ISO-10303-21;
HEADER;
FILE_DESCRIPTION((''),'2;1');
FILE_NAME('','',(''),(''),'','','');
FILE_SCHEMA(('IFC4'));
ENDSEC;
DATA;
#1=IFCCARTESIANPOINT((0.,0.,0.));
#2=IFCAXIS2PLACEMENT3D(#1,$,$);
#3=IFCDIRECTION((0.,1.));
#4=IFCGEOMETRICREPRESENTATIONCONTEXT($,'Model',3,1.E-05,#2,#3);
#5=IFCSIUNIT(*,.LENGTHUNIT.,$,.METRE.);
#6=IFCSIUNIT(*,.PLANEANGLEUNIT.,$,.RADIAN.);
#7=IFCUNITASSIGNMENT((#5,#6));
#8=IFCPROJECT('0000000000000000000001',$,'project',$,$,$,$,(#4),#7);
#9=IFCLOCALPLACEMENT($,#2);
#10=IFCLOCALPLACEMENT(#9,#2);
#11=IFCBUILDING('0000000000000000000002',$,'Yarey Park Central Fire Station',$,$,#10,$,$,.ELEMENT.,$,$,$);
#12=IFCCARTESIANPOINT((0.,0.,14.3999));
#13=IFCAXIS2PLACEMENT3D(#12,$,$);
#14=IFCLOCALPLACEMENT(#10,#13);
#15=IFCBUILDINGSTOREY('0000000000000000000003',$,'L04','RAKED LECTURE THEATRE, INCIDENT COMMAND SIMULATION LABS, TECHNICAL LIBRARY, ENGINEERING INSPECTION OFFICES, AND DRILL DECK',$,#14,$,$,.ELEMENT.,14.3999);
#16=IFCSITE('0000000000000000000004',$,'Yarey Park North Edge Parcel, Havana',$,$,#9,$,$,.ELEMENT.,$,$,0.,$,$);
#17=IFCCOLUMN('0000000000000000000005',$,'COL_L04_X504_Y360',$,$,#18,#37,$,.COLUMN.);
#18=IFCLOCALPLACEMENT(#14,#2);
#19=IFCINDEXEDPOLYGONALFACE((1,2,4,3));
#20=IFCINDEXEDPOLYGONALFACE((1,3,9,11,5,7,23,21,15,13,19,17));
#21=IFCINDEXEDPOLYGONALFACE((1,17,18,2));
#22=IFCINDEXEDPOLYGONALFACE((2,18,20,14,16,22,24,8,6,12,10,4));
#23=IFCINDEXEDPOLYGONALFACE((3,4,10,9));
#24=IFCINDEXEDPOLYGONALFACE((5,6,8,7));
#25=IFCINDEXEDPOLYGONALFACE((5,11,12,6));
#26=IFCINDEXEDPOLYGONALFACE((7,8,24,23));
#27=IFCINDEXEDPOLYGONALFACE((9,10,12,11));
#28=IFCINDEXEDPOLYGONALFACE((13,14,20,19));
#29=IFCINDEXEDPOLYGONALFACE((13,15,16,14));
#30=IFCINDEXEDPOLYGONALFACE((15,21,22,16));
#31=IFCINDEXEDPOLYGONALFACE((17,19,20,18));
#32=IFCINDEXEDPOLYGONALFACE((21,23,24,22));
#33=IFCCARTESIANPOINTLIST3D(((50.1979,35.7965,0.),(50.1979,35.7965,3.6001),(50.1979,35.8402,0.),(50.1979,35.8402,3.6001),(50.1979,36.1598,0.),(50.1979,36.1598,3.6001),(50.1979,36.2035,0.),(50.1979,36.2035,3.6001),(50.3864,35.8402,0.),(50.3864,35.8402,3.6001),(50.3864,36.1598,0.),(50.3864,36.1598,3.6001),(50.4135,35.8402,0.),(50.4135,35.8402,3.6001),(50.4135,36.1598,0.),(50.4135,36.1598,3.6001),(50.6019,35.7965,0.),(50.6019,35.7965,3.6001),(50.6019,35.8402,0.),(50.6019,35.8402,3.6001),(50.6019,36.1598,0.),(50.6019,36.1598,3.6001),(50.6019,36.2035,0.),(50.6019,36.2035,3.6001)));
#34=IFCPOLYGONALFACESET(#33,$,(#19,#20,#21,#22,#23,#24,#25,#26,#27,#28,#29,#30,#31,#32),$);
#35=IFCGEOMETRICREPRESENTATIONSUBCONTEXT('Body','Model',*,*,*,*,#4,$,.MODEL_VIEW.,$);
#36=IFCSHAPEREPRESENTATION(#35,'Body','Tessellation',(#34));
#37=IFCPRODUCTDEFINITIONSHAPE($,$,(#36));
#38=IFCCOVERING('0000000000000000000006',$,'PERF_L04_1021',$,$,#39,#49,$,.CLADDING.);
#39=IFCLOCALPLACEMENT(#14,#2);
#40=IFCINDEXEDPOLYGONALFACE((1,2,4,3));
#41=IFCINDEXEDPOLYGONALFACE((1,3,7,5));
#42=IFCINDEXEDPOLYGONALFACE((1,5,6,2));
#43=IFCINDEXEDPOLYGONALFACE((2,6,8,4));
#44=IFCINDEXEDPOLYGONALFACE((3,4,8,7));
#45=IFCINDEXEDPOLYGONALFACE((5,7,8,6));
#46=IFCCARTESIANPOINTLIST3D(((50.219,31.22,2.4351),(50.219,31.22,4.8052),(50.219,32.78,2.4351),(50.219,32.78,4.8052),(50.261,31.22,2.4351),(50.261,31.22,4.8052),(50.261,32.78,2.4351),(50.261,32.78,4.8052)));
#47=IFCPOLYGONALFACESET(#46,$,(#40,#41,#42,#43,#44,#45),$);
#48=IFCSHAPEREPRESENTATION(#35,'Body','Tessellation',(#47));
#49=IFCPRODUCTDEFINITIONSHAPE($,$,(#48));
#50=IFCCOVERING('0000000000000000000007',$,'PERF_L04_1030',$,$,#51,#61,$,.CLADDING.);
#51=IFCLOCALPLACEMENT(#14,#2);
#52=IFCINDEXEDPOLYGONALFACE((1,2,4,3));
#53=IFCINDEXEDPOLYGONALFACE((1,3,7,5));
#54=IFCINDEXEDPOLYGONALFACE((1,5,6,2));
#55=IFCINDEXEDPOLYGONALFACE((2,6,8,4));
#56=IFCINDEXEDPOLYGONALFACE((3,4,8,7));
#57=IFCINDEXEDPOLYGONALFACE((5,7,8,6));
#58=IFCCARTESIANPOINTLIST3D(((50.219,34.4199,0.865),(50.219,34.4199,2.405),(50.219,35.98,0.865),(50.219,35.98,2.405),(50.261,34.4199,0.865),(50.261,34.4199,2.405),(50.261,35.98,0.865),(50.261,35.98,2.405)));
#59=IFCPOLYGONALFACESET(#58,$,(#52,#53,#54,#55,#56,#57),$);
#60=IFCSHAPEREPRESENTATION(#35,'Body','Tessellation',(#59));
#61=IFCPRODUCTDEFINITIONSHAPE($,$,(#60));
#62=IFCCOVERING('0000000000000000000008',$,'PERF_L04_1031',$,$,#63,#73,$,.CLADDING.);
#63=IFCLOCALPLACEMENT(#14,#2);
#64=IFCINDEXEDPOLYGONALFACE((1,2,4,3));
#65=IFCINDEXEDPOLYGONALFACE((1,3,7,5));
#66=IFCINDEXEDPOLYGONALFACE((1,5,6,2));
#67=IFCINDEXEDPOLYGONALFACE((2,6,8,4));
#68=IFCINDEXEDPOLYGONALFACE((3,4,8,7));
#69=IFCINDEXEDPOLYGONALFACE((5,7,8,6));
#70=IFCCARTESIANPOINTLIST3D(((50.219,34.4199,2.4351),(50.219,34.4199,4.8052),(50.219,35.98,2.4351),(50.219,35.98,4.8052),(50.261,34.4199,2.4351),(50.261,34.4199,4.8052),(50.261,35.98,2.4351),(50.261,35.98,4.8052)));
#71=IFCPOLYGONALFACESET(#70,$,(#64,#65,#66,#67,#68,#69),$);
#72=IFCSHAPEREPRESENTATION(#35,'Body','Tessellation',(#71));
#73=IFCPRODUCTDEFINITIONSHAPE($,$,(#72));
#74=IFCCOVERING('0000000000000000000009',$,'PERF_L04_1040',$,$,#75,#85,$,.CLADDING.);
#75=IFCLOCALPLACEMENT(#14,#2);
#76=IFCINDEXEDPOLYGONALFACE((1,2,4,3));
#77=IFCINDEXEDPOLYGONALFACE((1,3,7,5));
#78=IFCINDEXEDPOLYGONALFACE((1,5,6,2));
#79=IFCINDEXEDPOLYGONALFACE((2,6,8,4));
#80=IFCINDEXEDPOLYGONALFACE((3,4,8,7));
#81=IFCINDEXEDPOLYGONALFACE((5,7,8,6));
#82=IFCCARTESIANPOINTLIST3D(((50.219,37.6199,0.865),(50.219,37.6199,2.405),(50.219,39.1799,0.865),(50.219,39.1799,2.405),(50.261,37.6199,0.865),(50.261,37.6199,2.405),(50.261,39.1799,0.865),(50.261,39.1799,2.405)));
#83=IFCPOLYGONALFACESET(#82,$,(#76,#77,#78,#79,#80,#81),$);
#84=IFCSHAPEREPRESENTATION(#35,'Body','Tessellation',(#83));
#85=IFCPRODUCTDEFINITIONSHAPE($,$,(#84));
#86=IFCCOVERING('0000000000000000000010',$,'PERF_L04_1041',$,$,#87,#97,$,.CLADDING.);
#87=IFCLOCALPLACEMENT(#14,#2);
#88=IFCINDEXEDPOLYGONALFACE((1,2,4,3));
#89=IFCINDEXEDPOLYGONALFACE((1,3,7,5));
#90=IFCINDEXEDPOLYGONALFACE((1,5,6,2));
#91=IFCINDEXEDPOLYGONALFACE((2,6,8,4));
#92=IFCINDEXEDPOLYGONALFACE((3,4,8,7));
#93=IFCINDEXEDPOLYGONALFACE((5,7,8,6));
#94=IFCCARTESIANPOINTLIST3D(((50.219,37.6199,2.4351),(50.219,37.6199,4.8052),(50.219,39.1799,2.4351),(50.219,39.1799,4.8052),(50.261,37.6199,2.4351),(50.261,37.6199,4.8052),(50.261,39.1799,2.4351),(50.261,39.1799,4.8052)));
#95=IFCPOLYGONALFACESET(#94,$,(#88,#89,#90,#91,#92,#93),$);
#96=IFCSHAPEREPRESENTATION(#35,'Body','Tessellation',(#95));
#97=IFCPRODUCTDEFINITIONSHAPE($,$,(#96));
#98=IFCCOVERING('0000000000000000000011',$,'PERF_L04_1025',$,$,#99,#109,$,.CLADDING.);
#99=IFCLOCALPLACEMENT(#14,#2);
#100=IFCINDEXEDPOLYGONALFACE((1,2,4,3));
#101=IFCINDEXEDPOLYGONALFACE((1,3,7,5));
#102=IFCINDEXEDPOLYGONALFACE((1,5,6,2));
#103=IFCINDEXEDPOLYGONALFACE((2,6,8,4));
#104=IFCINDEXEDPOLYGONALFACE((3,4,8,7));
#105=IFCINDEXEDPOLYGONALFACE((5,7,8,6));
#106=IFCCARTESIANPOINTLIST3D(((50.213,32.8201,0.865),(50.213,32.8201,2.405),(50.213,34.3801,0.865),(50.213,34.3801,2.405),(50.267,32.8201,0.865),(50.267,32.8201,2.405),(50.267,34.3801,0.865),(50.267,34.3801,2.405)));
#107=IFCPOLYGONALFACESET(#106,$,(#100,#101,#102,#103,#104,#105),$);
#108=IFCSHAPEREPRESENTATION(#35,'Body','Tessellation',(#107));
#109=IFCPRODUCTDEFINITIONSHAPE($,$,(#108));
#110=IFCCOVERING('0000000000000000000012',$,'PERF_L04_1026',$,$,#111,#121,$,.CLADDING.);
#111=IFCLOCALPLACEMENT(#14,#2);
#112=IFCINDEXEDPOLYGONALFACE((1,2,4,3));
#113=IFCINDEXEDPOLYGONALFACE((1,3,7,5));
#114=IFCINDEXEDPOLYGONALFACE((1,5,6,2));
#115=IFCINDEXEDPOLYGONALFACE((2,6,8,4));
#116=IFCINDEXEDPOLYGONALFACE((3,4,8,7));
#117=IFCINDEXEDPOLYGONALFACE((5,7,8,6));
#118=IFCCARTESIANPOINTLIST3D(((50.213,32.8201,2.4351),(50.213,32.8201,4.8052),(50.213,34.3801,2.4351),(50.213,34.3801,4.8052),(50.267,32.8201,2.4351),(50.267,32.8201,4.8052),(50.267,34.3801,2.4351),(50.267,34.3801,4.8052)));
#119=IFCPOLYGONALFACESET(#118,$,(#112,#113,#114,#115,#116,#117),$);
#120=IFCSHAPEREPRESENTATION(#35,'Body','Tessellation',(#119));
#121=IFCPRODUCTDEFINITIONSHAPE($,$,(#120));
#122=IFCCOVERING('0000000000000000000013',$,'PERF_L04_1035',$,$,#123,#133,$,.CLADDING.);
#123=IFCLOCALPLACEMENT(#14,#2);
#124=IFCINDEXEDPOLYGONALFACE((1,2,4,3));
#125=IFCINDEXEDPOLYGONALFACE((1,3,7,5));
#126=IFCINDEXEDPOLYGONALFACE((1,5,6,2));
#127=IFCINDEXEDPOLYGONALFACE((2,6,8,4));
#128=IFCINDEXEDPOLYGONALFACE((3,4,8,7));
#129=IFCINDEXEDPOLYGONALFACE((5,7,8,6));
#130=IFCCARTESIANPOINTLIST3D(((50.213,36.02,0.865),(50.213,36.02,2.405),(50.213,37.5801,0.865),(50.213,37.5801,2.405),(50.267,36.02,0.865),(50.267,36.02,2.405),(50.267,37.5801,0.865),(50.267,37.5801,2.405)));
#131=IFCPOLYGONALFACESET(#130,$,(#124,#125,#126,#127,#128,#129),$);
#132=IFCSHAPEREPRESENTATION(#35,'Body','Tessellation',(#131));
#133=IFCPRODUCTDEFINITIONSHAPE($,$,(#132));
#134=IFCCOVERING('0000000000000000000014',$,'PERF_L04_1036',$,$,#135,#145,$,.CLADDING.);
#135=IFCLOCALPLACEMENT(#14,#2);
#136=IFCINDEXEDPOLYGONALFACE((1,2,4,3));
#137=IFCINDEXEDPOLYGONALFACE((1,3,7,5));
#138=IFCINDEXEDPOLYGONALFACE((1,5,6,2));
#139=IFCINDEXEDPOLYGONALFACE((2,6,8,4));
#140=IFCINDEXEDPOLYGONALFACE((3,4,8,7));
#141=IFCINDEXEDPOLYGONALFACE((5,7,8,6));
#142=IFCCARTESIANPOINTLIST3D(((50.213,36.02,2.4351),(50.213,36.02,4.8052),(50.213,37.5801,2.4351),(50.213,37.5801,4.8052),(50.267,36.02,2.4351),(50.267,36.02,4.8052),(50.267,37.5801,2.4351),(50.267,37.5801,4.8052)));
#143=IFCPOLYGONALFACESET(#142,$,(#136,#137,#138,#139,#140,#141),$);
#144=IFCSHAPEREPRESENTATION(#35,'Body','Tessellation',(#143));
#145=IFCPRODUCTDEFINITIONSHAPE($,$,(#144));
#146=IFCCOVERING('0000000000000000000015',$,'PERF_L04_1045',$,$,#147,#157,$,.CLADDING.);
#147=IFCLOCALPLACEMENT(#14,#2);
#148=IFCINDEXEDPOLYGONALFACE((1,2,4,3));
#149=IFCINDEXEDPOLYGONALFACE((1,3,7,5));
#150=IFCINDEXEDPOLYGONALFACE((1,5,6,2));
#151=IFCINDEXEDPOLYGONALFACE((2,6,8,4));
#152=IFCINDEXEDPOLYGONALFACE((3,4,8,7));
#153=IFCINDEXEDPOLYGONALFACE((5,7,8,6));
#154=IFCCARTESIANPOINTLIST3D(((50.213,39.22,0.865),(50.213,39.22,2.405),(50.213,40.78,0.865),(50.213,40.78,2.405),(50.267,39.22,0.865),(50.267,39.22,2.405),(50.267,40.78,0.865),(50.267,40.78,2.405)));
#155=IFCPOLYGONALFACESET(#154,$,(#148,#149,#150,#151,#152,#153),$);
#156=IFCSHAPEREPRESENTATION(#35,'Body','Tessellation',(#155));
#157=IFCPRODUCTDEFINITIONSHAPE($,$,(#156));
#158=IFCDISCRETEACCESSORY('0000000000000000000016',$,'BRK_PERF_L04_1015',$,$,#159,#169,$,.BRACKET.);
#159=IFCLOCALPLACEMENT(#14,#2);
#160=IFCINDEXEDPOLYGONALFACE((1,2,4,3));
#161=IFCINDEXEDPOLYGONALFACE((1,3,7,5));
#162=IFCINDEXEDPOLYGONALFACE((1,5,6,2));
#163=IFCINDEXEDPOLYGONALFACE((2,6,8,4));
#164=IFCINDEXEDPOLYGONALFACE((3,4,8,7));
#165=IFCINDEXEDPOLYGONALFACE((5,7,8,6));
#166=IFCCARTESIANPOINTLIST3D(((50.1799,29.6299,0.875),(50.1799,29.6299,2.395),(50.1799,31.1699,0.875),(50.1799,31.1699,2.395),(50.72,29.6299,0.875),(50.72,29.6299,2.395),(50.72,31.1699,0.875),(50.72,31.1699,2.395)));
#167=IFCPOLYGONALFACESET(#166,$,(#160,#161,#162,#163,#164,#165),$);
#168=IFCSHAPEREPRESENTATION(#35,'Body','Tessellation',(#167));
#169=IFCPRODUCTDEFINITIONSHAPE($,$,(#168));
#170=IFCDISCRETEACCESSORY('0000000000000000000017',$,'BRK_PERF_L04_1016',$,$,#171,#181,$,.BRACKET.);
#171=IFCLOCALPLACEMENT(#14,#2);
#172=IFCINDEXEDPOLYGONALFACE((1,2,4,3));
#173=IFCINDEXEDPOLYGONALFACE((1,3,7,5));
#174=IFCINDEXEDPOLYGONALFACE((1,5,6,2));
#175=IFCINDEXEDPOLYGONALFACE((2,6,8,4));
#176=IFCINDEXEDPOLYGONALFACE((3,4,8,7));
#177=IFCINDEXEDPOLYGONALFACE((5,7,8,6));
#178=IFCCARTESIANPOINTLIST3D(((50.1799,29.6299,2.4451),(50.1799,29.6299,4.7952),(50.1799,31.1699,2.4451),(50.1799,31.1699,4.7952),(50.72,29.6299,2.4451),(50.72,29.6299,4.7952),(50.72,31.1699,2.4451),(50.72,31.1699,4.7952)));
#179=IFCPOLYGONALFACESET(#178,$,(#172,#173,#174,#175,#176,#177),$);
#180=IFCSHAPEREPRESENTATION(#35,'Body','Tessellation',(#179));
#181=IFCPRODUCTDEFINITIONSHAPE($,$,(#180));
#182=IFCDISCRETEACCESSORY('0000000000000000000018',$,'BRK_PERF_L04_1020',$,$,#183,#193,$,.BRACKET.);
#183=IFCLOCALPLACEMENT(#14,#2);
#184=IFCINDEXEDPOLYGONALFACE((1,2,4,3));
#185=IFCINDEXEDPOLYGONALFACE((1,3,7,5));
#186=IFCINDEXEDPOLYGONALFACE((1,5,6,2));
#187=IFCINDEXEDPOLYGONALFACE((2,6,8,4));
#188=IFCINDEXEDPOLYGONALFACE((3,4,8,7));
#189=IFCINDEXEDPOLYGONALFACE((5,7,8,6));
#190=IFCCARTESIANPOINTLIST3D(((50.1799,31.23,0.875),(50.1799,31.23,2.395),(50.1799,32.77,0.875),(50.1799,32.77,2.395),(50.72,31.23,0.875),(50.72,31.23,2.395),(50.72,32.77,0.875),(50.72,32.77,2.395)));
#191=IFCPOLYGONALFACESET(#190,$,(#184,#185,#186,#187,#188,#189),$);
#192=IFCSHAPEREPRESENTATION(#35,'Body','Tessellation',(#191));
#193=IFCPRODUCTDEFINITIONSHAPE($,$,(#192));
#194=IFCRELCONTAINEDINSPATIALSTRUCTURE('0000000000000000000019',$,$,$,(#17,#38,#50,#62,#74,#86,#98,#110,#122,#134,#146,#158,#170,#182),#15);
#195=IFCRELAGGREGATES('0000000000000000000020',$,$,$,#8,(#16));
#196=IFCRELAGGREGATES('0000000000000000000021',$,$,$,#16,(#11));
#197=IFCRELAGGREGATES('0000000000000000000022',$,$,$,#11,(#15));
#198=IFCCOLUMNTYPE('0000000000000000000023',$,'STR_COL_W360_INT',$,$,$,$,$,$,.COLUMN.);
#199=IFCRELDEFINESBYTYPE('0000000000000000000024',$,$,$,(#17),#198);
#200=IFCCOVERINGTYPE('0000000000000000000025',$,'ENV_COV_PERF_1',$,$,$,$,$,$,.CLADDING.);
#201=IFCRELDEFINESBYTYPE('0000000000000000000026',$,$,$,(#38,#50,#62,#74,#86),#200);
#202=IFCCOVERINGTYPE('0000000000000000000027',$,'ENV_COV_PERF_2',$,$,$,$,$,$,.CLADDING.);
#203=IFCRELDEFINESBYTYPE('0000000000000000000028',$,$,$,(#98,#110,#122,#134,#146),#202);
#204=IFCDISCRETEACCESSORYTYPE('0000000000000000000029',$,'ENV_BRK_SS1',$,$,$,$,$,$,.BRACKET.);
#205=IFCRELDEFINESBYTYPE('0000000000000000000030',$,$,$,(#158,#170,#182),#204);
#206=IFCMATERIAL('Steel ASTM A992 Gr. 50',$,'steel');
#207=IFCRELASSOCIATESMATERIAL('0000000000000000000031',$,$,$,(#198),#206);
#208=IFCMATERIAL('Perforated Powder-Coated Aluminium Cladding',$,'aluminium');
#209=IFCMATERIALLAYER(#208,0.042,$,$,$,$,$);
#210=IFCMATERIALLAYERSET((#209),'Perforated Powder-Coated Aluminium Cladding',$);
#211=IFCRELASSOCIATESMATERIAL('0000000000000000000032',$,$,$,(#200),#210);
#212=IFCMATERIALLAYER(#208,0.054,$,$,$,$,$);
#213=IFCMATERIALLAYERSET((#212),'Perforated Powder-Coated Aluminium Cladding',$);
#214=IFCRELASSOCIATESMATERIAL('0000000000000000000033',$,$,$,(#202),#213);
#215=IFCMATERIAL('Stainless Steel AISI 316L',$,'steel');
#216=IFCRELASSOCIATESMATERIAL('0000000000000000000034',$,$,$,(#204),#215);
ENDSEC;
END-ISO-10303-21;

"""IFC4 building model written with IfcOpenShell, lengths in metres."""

from ifc_helpers import new_model, si_unit, direction, frame, origin, origin_2d, place, context, subcontext, project, spatial, rectangle, i_section, extrude, material, layer, layer_set, material_profile, profile_set, type_object, element, save


model = new_model("IFC4")

# Units and contexts
model_context = context("Model", 3, precision=1e-05, world=origin(), true_north=direction((0.0, 1.0)))
body_context = subcontext(model_context, "Body", "Model", "MODEL_VIEW")
ifc_project = project(units=[si_unit("LENGTHUNIT", "METRE"), si_unit("PLANEANGLEUNIT", "RADIAN")], contexts=[model_context])

# Site, building, storey
site_placement = place(None, origin())
site = spatial("IfcSite", under=ifc_project, at=site_placement, Name="Yarey Park North Edge Parcel, Havana", CompositionType="ELEMENT", RefElevation=0.0)
building_placement = place(site_placement, origin())
building = spatial("IfcBuilding", under=site, at=building_placement, Name="Yarey Park Central Fire Station", CompositionType="ELEMENT")
storey_placement = place(building_placement, frame((0.0, 0.0, 14.3999)))
storey = spatial("IfcBuildingStorey", under=building, at=storey_placement, Name="L04", Description="RAKED LECTURE THEATRE, INCIDENT COMMAND SIMULATION LABS, TECHNICAL LIBRARY, ENGINEERING INSPECTION OFFICES, AND DRILL DECK", CompositionType="ELEMENT", Elevation=14.3999)

# Column
ifc_material_1 = material(Name="Steel ASTM A992 Gr. 50", Category="steel")
ifc_material_profile = material_profile(ifc_material_1, i_section(OverallWidth=0.4041, OverallDepth=0.407, WebThickness=0.0271, FlangeThickness=0.0437, at=origin_2d()), Name="W360x347")
ifc_profile_set = profile_set([ifc_material_profile], Name="Steel ASTM A992 Gr. 50")
column_type = type_object("IfcColumnType", Name="STR_COL_W360_INT", PredefinedType="COLUMN", material=ifc_profile_set)
column_placement = place(storey_placement, frame((50.3999, 36.0, 0.0), z_axis=(0.0, 0.0, 1.0), x_axis=(1.0, 0.0, 0.0)))
element("IfcColumn", 1, at=column_placement, inside=storey, type_object=column_type, Name="COL_L04_X504_Y360", PredefinedType="COLUMN", context=body_context, shape_type="SweptSolid", body=[
    extrude(i_section(OverallWidth=0.4041, OverallDepth=0.407, WebThickness=0.0271, FlangeThickness=0.0437, at=origin_2d()), origin(), (0.0, 0.0, 1.0), 3.6001),
])

# Coverings
ifc_material_2 = material(Name="Perforated Powder-Coated Aluminium Cladding", Category="aluminium")
ifc_layer_1 = layer(ifc_material_2, 0.042)
ifc_layer_set_1 = layer_set([ifc_layer_1], Name="Perforated Powder-Coated Aluminium Cladding")
covering_type_1 = type_object("IfcCoveringType", Name="ENV_COV_PERF_1", PredefinedType="CLADDING", material=ifc_layer_set_1)
covering_1_placement = place(storey_placement, frame((50.24, 32.0, 2.4351), z_axis=(0.0, 0.0, 1.0), x_axis=(0.0, 1.0, 0.0)))
element("IfcCovering", 2, at=covering_1_placement, inside=storey, type_object=covering_type_1, Name="PERF_L04_1021", PredefinedType="CLADDING", context=body_context, shape_type="SweptSolid", body=[
    extrude(rectangle(XDim=1.5601, YDim=0.042, at=origin_2d()), origin(), (0.0, 0.0, 1.0), 2.3701),
])
covering_2_placement = place(storey_placement, frame((50.24, 35.2, 0.865), z_axis=(0.0, 0.0, 1.0), x_axis=(0.0, 1.0, 0.0)))
element("IfcCovering", 3, at=covering_2_placement, inside=storey, type_object=covering_type_1, Name="PERF_L04_1030", PredefinedType="CLADDING", context=body_context, shape_type="SweptSolid", body=[
    extrude(rectangle(XDim=1.5601, YDim=0.042, at=origin_2d()), origin(), (0.0, 0.0, 1.0), 1.54),
])
covering_3_placement = place(storey_placement, frame((50.24, 35.2, 2.4351), z_axis=(0.0, 0.0, 1.0), x_axis=(0.0, 1.0, 0.0)))
element("IfcCovering", 4, at=covering_3_placement, inside=storey, type_object=covering_type_1, Name="PERF_L04_1031", PredefinedType="CLADDING", context=body_context, shape_type="SweptSolid", body=[
    extrude(rectangle(XDim=1.5601, YDim=0.042, at=origin_2d()), origin(), (0.0, 0.0, 1.0), 2.3701),
])
covering_4_placement = place(storey_placement, frame((50.24, 38.3999, 0.865), z_axis=(0.0, 0.0, 1.0), x_axis=(0.0, 1.0, 0.0)))
element("IfcCovering", 5, at=covering_4_placement, inside=storey, type_object=covering_type_1, Name="PERF_L04_1040", PredefinedType="CLADDING", context=body_context, shape_type="SweptSolid", body=[
    extrude(rectangle(XDim=1.5601, YDim=0.042, at=origin_2d()), origin(), (0.0, 0.0, 1.0), 1.54),
])
covering_5_placement = place(storey_placement, frame((50.24, 38.3999, 2.4351), z_axis=(0.0, 0.0, 1.0), x_axis=(0.0, 1.0, 0.0)))
element("IfcCovering", 6, at=covering_5_placement, inside=storey, type_object=covering_type_1, Name="PERF_L04_1041", PredefinedType="CLADDING", context=body_context, shape_type="SweptSolid", body=[
    extrude(rectangle(XDim=1.5601, YDim=0.042, at=origin_2d()), origin(), (0.0, 0.0, 1.0), 2.3701),
])
ifc_layer_2 = layer(ifc_material_2, 0.054)
ifc_layer_set_2 = layer_set([ifc_layer_2], Name="Perforated Powder-Coated Aluminium Cladding")
covering_type_2 = type_object("IfcCoveringType", Name="ENV_COV_PERF_2", PredefinedType="CLADDING", material=ifc_layer_set_2)
covering_6_placement = place(storey_placement, frame((50.24, 33.6001, 0.865), z_axis=(0.0, 0.0, 1.0), x_axis=(0.0, 1.0, 0.0)))
element("IfcCovering", 7, at=covering_6_placement, inside=storey, type_object=covering_type_2, Name="PERF_L04_1025", PredefinedType="CLADDING", context=body_context, shape_type="SweptSolid", body=[
    extrude(rectangle(XDim=1.5601, YDim=0.054, at=origin_2d()), origin(), (0.0, 0.0, 1.0), 1.54),
])
covering_7_placement = place(storey_placement, frame((50.24, 33.6001, 2.4351), z_axis=(0.0, 0.0, 1.0), x_axis=(0.0, 1.0, 0.0)))
element("IfcCovering", 8, at=covering_7_placement, inside=storey, type_object=covering_type_2, Name="PERF_L04_1026", PredefinedType="CLADDING", context=body_context, shape_type="SweptSolid", body=[
    extrude(rectangle(XDim=1.5601, YDim=0.054, at=origin_2d()), origin(), (0.0, 0.0, 1.0), 2.3701),
])
covering_8_placement = place(storey_placement, frame((50.24, 36.8, 0.865), z_axis=(0.0, 0.0, 1.0), x_axis=(0.0, 1.0, 0.0)))
element("IfcCovering", 9, at=covering_8_placement, inside=storey, type_object=covering_type_2, Name="PERF_L04_1035", PredefinedType="CLADDING", context=body_context, shape_type="SweptSolid", body=[
    extrude(rectangle(XDim=1.5601, YDim=0.054, at=origin_2d()), origin(), (0.0, 0.0, 1.0), 1.54),
])
covering_9_placement = place(storey_placement, frame((50.24, 36.8, 2.4351), z_axis=(0.0, 0.0, 1.0), x_axis=(0.0, 1.0, 0.0)))
element("IfcCovering", 10, at=covering_9_placement, inside=storey, type_object=covering_type_2, Name="PERF_L04_1036", PredefinedType="CLADDING", context=body_context, shape_type="SweptSolid", body=[
    extrude(rectangle(XDim=1.5601, YDim=0.054, at=origin_2d()), origin(), (0.0, 0.0, 1.0), 2.3701),
])
covering_10_placement = place(storey_placement, frame((50.24, 40.0, 0.865), z_axis=(0.0, 0.0, 1.0), x_axis=(0.0, 1.0, 0.0)))
element("IfcCovering", 11, at=covering_10_placement, inside=storey, type_object=covering_type_2, Name="PERF_L04_1045", PredefinedType="CLADDING", context=body_context, shape_type="SweptSolid", body=[
    extrude(rectangle(XDim=1.5601, YDim=0.054, at=origin_2d()), origin(), (0.0, 0.0, 1.0), 1.54),
])

# Discrete accessories
ifc_material_3 = material(Name="Stainless Steel AISI 316L", Category="steel")
discrete_accessory_type = type_object("IfcDiscreteAccessoryType", Name="ENV_BRK_SS1", PredefinedType="BRACKET", material=ifc_material_3)
discrete_accessory_1_placement = place(storey_placement, frame((50.45, 30.3999, 0.875), z_axis=(0.0, 0.0, 1.0), x_axis=(1.0, 0.0, 0.0)))
element("IfcDiscreteAccessory", 12, at=discrete_accessory_1_placement, inside=storey, type_object=discrete_accessory_type, Name="BRK_PERF_L04_1015", PredefinedType="BRACKET", context=body_context, shape_type="SweptSolid", body=[
    extrude(rectangle(XDim=0.54, YDim=1.54, at=origin_2d()), origin(), (0.0, 0.0, 1.0), 1.52),
])
discrete_accessory_2_placement = place(storey_placement, frame((50.45, 30.3999, 2.4451), z_axis=(0.0, 0.0, 1.0), x_axis=(1.0, 0.0, 0.0)))
element("IfcDiscreteAccessory", 13, at=discrete_accessory_2_placement, inside=storey, type_object=discrete_accessory_type, Name="BRK_PERF_L04_1016", PredefinedType="BRACKET", context=body_context, shape_type="SweptSolid", body=[
    extrude(rectangle(XDim=0.54, YDim=1.54, at=origin_2d()), origin(), (0.0, 0.0, 1.0), 2.3501),
])
discrete_accessory_3_placement = place(storey_placement, frame((50.45, 32.0, 0.875), z_axis=(0.0, 0.0, 1.0), x_axis=(1.0, 0.0, 0.0)))
element("IfcDiscreteAccessory", 14, at=discrete_accessory_3_placement, inside=storey, type_object=discrete_accessory_type, Name="BRK_PERF_L04_1020", PredefinedType="BRACKET", context=body_context, shape_type="SweptSolid", body=[
    extrude(rectangle(XDim=0.54, YDim=1.54, at=origin_2d()), origin(), (0.0, 0.0, 1.0), 1.52),
])

save(model, "model.ifc")
